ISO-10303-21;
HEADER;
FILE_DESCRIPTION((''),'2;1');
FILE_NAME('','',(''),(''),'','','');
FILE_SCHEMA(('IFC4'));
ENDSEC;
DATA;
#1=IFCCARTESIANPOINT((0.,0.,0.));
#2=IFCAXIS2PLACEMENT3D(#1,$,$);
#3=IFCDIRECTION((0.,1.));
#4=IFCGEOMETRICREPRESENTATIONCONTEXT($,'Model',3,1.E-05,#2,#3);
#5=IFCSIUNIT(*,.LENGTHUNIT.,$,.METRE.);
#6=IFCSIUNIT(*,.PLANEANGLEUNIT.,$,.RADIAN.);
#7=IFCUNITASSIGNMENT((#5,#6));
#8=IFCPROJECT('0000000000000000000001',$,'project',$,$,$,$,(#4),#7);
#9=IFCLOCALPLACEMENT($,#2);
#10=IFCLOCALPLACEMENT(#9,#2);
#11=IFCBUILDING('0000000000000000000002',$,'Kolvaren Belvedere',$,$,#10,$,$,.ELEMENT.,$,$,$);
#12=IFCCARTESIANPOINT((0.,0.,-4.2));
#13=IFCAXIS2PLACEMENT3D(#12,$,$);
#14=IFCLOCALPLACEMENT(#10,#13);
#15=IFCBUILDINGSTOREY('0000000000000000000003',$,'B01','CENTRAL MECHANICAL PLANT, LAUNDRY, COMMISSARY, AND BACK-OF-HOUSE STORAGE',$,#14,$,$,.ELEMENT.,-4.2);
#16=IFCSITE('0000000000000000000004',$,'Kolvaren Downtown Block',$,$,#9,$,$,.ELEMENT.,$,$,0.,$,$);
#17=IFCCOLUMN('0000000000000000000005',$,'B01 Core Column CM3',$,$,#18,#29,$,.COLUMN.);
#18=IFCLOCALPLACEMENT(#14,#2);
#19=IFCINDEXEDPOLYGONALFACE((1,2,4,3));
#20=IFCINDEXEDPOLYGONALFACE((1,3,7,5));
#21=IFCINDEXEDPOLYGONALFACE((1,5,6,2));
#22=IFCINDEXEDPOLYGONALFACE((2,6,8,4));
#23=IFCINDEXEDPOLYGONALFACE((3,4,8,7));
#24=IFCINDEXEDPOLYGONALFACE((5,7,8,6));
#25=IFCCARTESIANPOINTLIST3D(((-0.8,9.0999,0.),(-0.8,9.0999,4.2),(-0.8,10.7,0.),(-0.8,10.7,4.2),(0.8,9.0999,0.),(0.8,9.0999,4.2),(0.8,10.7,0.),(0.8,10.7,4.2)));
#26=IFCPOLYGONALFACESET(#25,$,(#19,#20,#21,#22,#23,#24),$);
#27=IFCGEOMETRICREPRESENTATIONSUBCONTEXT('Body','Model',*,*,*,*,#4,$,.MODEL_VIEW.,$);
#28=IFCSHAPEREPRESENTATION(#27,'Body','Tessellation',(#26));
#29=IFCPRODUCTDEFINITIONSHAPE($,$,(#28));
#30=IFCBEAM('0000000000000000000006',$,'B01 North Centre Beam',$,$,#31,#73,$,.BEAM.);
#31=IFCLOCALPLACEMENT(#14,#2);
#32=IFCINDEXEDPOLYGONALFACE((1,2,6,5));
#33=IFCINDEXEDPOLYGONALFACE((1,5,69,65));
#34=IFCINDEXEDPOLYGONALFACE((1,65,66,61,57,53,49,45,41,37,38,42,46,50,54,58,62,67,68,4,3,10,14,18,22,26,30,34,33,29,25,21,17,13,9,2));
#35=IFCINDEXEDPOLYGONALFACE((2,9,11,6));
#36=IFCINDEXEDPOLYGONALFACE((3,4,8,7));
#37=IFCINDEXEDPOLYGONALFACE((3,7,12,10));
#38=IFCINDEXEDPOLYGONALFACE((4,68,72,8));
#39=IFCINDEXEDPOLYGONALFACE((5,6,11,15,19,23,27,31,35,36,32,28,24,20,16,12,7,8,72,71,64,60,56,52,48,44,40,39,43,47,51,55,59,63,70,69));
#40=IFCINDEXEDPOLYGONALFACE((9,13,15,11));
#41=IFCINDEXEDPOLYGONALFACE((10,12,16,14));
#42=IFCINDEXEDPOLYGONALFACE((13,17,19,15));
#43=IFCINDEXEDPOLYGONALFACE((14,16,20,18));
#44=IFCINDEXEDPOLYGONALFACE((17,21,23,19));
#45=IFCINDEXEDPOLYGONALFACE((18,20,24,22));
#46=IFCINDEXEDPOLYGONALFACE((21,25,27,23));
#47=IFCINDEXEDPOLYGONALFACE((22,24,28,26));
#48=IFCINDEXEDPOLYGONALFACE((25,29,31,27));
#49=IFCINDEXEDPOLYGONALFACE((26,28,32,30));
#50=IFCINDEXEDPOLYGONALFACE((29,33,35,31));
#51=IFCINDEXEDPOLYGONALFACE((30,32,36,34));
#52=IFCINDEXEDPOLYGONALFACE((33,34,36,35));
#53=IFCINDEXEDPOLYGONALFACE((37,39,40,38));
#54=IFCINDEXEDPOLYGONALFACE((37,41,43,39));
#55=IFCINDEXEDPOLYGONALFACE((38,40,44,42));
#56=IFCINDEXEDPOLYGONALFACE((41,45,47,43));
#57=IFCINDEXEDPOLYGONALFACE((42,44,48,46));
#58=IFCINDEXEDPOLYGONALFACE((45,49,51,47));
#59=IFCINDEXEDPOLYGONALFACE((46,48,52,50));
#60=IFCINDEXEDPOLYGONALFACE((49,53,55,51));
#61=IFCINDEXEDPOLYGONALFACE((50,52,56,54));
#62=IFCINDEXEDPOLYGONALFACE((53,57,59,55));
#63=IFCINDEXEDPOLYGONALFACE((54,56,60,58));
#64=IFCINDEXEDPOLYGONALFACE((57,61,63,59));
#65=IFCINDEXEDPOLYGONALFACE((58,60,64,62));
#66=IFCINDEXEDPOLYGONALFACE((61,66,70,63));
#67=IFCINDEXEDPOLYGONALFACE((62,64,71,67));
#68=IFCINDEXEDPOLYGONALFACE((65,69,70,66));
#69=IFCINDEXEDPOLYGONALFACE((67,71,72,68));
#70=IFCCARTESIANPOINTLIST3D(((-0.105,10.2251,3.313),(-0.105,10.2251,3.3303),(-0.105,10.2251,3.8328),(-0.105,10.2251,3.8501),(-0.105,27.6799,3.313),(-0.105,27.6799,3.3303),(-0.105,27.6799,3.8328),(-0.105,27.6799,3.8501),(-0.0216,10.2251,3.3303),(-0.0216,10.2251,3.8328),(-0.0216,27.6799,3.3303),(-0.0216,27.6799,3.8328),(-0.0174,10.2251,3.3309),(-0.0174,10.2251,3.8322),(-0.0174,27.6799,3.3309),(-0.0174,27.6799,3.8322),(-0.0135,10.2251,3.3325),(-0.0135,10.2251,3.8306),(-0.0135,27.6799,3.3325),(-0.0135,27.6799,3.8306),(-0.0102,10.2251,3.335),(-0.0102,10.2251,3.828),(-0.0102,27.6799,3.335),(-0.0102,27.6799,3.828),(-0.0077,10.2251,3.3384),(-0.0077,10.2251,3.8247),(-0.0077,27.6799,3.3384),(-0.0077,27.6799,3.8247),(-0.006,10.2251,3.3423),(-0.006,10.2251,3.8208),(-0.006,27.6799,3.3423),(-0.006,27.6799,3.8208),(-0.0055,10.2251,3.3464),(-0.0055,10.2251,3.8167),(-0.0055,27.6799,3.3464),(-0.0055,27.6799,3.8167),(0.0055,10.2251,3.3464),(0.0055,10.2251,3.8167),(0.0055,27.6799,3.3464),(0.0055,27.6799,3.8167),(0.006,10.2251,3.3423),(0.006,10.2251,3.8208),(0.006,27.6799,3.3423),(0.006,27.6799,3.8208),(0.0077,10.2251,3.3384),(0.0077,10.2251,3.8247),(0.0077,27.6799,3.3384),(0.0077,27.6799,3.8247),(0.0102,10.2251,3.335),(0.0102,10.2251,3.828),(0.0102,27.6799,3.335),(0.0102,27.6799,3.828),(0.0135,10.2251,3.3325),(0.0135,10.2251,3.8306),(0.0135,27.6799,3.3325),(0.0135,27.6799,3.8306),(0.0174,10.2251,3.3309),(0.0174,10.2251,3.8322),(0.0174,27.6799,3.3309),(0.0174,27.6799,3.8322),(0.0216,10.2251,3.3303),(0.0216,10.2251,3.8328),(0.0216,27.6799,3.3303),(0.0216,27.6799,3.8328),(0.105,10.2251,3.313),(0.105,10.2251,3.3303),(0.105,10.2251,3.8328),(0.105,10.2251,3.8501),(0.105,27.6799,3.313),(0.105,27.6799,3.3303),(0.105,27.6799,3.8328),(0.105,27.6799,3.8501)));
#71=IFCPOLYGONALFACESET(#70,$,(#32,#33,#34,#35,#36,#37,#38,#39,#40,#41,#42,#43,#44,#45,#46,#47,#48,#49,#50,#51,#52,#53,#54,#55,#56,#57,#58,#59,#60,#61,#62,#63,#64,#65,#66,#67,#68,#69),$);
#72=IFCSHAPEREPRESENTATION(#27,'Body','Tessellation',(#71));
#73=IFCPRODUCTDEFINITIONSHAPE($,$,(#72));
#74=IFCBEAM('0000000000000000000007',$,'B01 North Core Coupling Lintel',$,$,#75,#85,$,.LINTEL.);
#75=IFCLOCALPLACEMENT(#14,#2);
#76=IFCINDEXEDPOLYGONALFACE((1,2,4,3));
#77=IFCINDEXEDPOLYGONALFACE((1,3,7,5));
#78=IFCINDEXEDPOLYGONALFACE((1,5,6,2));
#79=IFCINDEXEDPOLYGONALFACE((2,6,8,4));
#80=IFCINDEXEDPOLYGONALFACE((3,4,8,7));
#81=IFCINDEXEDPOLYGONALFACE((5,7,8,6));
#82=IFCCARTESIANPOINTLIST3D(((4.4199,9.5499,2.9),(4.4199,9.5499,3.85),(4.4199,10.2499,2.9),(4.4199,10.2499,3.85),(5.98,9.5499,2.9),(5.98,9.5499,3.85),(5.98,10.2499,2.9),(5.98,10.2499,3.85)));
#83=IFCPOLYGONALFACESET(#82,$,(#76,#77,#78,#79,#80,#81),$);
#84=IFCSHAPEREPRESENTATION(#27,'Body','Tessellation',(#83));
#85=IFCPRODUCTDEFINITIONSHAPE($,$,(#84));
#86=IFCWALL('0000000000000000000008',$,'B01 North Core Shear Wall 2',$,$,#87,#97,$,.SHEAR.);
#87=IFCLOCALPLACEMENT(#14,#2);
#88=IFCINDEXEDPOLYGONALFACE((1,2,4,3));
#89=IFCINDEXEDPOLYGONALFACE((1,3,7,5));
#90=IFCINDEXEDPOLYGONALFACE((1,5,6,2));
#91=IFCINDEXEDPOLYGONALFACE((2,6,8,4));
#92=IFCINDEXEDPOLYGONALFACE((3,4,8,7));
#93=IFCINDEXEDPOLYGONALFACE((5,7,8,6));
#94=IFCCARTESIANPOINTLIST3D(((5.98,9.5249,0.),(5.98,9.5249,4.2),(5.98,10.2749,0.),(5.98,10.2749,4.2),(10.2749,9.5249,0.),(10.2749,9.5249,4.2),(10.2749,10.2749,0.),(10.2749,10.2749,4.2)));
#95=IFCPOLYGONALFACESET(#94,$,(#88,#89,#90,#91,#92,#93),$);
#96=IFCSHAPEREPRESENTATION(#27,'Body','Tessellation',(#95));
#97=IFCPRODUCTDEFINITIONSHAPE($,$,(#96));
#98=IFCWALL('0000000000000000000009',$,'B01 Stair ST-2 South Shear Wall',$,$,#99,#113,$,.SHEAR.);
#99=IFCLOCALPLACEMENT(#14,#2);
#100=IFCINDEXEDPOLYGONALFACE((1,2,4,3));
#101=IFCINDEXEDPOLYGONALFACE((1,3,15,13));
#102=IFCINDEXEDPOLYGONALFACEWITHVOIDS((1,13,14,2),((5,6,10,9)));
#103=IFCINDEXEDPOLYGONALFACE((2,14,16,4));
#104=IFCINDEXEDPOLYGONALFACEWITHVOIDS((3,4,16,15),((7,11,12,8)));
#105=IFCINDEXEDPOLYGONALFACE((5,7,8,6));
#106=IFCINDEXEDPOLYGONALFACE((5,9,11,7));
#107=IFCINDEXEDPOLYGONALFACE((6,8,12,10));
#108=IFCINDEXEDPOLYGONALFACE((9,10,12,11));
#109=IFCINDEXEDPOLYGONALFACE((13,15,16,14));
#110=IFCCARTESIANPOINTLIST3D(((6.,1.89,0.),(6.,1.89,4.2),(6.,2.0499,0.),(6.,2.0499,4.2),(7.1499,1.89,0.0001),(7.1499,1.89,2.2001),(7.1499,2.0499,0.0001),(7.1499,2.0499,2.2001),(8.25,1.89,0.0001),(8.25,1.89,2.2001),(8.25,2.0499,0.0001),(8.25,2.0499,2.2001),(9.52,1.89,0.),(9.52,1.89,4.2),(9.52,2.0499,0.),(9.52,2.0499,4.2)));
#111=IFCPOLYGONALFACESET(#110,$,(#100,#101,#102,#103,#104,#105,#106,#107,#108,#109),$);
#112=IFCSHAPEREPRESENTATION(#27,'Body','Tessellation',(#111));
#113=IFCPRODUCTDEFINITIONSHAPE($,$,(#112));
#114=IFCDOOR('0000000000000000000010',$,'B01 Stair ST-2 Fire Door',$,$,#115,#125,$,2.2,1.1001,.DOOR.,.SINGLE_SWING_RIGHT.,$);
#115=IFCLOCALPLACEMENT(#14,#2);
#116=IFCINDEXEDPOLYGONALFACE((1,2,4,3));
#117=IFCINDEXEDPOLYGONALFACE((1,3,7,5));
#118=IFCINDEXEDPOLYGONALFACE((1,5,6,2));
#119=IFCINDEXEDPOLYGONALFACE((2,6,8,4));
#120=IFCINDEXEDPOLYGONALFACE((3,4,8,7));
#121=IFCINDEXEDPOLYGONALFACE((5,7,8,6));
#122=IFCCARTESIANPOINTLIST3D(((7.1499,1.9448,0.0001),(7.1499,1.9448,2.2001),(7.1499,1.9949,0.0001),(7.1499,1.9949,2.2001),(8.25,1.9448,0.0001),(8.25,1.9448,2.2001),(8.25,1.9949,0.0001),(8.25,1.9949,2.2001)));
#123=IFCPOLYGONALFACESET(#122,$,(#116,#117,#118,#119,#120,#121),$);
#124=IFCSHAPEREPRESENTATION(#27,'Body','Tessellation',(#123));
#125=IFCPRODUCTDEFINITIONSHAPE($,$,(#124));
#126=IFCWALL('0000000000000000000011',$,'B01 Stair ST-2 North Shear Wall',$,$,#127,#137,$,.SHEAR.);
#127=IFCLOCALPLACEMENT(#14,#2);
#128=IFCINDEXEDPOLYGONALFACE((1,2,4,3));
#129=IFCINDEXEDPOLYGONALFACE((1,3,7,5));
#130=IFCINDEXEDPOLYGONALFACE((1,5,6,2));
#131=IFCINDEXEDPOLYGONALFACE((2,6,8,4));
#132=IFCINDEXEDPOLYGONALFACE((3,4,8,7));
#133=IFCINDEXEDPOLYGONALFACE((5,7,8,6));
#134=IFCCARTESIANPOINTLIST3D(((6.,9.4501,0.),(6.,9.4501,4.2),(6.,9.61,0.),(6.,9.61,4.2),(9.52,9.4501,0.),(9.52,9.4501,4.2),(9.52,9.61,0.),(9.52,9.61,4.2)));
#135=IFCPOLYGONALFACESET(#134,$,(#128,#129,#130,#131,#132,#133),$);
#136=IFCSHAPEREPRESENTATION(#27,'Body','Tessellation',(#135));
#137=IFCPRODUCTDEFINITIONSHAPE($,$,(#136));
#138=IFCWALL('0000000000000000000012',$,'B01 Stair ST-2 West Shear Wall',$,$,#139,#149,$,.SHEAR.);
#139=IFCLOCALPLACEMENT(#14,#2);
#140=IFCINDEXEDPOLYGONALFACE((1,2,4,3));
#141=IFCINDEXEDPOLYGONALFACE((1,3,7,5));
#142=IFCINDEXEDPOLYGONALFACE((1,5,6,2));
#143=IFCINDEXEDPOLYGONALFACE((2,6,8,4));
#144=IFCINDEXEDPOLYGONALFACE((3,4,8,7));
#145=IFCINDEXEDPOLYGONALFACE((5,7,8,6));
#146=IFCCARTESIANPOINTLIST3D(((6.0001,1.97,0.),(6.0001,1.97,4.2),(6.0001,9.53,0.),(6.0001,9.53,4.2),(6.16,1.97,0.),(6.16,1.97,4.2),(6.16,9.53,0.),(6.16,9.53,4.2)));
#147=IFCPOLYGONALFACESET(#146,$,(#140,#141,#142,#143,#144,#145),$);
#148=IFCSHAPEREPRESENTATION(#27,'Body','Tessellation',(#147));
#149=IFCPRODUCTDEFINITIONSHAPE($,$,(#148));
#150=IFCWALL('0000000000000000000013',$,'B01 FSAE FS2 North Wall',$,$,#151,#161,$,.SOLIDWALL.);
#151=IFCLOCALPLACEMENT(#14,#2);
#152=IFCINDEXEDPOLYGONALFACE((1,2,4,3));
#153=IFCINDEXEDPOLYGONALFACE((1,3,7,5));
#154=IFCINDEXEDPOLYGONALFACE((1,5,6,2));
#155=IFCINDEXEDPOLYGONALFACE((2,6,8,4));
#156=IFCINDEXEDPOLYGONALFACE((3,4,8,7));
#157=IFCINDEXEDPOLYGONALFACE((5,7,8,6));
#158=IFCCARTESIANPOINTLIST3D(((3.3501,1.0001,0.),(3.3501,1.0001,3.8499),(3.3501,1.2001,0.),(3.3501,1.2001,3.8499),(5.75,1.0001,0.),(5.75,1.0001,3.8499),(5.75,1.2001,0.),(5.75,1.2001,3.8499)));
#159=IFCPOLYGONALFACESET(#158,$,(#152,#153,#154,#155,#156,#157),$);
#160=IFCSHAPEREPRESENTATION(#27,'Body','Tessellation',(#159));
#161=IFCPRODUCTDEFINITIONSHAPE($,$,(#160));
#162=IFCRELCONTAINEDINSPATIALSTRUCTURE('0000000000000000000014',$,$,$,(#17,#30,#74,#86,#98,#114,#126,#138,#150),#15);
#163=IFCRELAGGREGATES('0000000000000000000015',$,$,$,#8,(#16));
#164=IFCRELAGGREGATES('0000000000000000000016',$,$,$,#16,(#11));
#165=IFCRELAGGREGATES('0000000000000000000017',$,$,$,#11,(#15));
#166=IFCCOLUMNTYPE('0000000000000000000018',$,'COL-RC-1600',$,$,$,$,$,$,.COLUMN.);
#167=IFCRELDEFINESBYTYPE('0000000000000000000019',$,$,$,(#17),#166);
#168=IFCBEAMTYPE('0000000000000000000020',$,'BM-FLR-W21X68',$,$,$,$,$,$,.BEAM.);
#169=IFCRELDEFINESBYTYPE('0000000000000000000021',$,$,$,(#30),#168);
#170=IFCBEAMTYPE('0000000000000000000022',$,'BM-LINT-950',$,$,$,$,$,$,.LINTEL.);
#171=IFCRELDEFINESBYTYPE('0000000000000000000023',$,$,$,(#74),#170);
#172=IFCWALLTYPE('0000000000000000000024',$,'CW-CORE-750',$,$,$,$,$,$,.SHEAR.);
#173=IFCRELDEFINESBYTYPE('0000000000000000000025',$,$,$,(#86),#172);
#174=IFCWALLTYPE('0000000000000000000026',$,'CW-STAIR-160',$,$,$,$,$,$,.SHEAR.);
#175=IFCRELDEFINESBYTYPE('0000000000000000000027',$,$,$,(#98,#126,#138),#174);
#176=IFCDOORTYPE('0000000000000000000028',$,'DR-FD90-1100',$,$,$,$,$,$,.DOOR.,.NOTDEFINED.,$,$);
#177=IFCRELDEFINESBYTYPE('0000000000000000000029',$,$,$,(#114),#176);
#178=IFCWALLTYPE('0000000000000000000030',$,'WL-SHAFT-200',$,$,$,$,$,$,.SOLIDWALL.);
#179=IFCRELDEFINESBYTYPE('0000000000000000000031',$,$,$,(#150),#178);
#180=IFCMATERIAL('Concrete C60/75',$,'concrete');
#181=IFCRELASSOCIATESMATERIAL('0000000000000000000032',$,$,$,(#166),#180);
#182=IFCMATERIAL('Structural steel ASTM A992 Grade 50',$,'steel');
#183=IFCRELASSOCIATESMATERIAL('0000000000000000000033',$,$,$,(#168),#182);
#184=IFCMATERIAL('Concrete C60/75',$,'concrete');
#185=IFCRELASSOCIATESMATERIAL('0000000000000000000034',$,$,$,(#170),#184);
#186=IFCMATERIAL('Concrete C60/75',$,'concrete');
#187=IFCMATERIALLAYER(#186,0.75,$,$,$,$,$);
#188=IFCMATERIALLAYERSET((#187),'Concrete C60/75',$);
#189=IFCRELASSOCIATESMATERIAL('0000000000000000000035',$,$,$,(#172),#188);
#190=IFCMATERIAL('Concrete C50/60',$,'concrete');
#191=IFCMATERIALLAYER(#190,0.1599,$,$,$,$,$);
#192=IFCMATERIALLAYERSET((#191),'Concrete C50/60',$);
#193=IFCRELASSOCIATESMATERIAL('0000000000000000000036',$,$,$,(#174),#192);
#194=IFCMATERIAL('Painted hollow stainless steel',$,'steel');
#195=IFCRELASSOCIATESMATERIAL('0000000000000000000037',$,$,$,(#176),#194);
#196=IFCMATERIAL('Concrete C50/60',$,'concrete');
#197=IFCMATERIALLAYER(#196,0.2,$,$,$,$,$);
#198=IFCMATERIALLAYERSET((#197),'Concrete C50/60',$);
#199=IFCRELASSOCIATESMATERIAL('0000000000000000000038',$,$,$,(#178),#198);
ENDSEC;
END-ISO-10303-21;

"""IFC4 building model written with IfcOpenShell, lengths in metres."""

from ifc_helpers import new_model, si_unit, direction, frame, frame_2d, origin, origin_2d, place, context, subcontext, project, spatial, rectangle, i_section, extrude, material, layer, layer_set, material_profile, profile_set, type_object, element, fill, save


model = new_model("IFC4")

# Units and contexts
model_context = context("Model", 3, precision=1e-05, world=origin(), true_north=direction((0.0, 1.0)))
body_context = subcontext(model_context, "Body", "Model", "MODEL_VIEW")
ifc_project = project(units=[si_unit("LENGTHUNIT", "METRE"), si_unit("PLANEANGLEUNIT", "RADIAN")], contexts=[model_context])

# Site, building, storey
site_placement = place(None, origin())
site = spatial("IfcSite", under=ifc_project, at=site_placement, Name="Kolvaren Downtown Block", CompositionType="ELEMENT", RefElevation=0.0)
building_placement = place(site_placement, origin())
building = spatial("IfcBuilding", under=site, at=building_placement, Name="Kolvaren Belvedere", CompositionType="ELEMENT")
storey_placement = place(building_placement, frame((0.0, 0.0, -4.2)))
storey = spatial("IfcBuildingStorey", under=building, at=storey_placement, Name="B01", Description="CENTRAL MECHANICAL PLANT, LAUNDRY, COMMISSARY, AND BACK-OF-HOUSE STORAGE", CompositionType="ELEMENT", Elevation=-4.2)

# Column
ifc_material_1 = material(Name="Concrete C60/75", Category="concrete")
ifc_material_profile_1 = material_profile(ifc_material_1, rectangle(XDim=1.6001, YDim=1.6001, at=origin_2d()), Name="RC 1600X1600")
ifc_profile_set_1 = profile_set([ifc_material_profile_1], Name="Concrete C60/75")
column_type = type_object("IfcColumnType", Name="COL-RC-1600", PredefinedType="COLUMN", material=ifc_profile_set_1)
column_placement = place(storey_placement, frame((0.0, 9.8999, 0.0), z_axis=(0.0, 0.0, 1.0), x_axis=(1.0, 0.0, 0.0)))
element("IfcColumn", 1, at=column_placement, inside=storey, type_object=column_type, Name="B01 Core Column CM3", PredefinedType="COLUMN", context=body_context, shape_type="SweptSolid", body=[
    extrude(rectangle(XDim=1.6001, YDim=1.6001, at=origin_2d()), origin(), (0.0, 0.0, 1.0), 4.2),
])

# Beams
ifc_material_2 = material(Name="Structural steel ASTM A992 Grade 50", Category="steel")
ifc_material_profile_2 = material_profile(ifc_material_2, i_section(OverallWidth=0.21, OverallDepth=0.5371, WebThickness=0.011, FlangeThickness=0.0173, FilletRadius=0.0161, at=origin_2d()), Name="W21X68")
ifc_profile_set_2 = profile_set([ifc_material_profile_2], Name="Structural steel ASTM A992 Grade 50")
beam_type_1 = type_object("IfcBeamType", Name="BM-FLR-W21X68", PredefinedType="BEAM", material=ifc_profile_set_2)
beam_1_placement = place(storey_placement, frame((0.0, 10.2251, 3.5815), z_axis=(0.0, 1.0, 0.0), x_axis=(-1.0, 0.0, 0.0)))
element("IfcBeam", 2, at=beam_1_placement, inside=storey, type_object=beam_type_1, Name="B01 North Centre Beam", PredefinedType="BEAM", context=body_context, shape_type="SweptSolid", body=[
    extrude(i_section(OverallWidth=0.21, OverallDepth=0.5371, WebThickness=0.011, FlangeThickness=0.0173, FilletRadius=0.0161, at=origin_2d()), origin(), (0.0, 0.0, 1.0), 17.4548),
])
ifc_material_3 = material(Name="Concrete C60/75", Category="concrete")
ifc_material_profile_3 = material_profile(ifc_material_3, rectangle(XDim=0.7, YDim=0.95, at=origin_2d()), Name="RC 700X950")
ifc_profile_set_3 = profile_set([ifc_material_profile_3], Name="Concrete C60/75")
beam_type_2 = type_object("IfcBeamType", Name="BM-LINT-950", PredefinedType="LINTEL", material=ifc_profile_set_3)
beam_2_placement = place(storey_placement, frame((4.4199, 9.8999, 3.375), z_axis=(1.0, 0.0, 0.0), x_axis=(0.0, 1.0, 0.0)))
element("IfcBeam", 3, at=beam_2_placement, inside=storey, type_object=beam_type_2, Name="B01 North Core Coupling Lintel", PredefinedType="LINTEL", context=body_context, shape_type="SweptSolid", body=[
    extrude(rectangle(XDim=0.7, YDim=0.95, at=origin_2d()), origin(), (0.0, 0.0, 1.0), 1.5601),
])

# Wall
ifc_material_4 = material(Name="Concrete C60/75", Category="concrete")
ifc_layer_1 = layer(ifc_material_4, 0.75)
ifc_layer_set_1 = layer_set([ifc_layer_1], Name="Concrete C60/75")
wall_type_1 = type_object("IfcWallType", Name="CW-CORE-750", PredefinedType="SHEAR", material=ifc_layer_set_1)
wall_1_placement = place(storey_placement, frame((5.98, 9.8999, 0.0), z_axis=(0.0, 0.0, 1.0), x_axis=(1.0, 0.0, 0.0)))
element("IfcWall", 4, at=wall_1_placement, inside=storey, type_object=wall_type_1, Name="B01 North Core Shear Wall 2", PredefinedType="SHEAR", context=body_context, shape_type="SweptSolid", body=[
    extrude(rectangle(XDim=4.2949, YDim=0.75, at=frame_2d((2.1475, 0.0))), origin(), (0.0, 0.0, 1.0), 4.2),
])

# Wall, opening, door
ifc_material_5 = material(Name="Concrete C50/60", Category="concrete")
ifc_layer_2 = layer(ifc_material_5, 0.1599)
ifc_layer_set_2 = layer_set([ifc_layer_2], Name="Concrete C50/60")
wall_type_2 = type_object("IfcWallType", Name="CW-STAIR-160", PredefinedType="SHEAR", material=ifc_layer_set_2)
wall_2_placement = place(storey_placement, frame((6.0, 1.97, 0.0), z_axis=(0.0, 0.0, 1.0), x_axis=(1.0, 0.0, 0.0)))
wall_2 = element("IfcWall", 5, at=wall_2_placement, inside=storey, type_object=wall_type_2, Name="B01 Stair ST-2 South Shear Wall", PredefinedType="SHEAR", context=body_context, shape_type="SweptSolid", body=[
    extrude(rectangle(XDim=3.52, YDim=0.1599, at=frame_2d((1.76, 0.0))), origin(), (0.0, 0.0, 1.0), 4.2),
])
opening_1_placement = place(wall_2_placement, frame((1.1499, 0.0, 0.0)))
opening_1 = element("IfcOpeningElement", 6, at=opening_1_placement, cuts=wall_2, PredefinedType="OPENING", context=body_context, shape_type="SweptSolid", body=[
    extrude(rectangle(XDim=1.1001, YDim=2.2, at=frame_2d((0.55, 1.1001))), frame((0.0, 0.0898, 0.0), z_axis=(0.0, -1.0, 0.0), x_axis=(1.0, 0.0, 0.0)), (0.0, 0.0, 1.0), 0.1799),
])
ifc_material_6 = material(Name="Painted hollow stainless steel", Category="steel")
door_type_1 = type_object("IfcDoorType", Name="DR-FD90-1100", OperationType="NOTDEFINED", PredefinedType="DOOR", material=ifc_material_6)
door_1_placement = place(opening_1_placement, origin())
door_1 = element("IfcDoor", 7, at=door_1_placement, inside=storey, type_object=door_type_1, Name="B01 Stair ST-2 Fire Door", OperationType="SINGLE_SWING_RIGHT", OverallHeight=2.2, OverallWidth=1.1001, PredefinedType="DOOR", context=body_context, shape_type="SweptSolid", body=[
    extrude(rectangle(XDim=1.1001, YDim=2.2, at=frame_2d((0.55, 1.1001))), frame((0.0, 0.0249, 0.0), z_axis=(0.0, -1.0, 0.0), x_axis=(1.0, 0.0, 0.0)), (0.0, 0.0, 1.0), 0.05),
])
fill(opening_1, door_1)

# Walls
wall_3_placement = place(storey_placement, frame((6.0, 9.53, 0.0), z_axis=(0.0, 0.0, 1.0), x_axis=(1.0, 0.0, 0.0)))
element("IfcWall", 8, at=wall_3_placement, inside=storey, type_object=wall_type_2, Name="B01 Stair ST-2 North Shear Wall", PredefinedType="SHEAR", context=body_context, shape_type="SweptSolid", body=[
    extrude(rectangle(XDim=3.52, YDim=0.1599, at=frame_2d((1.76, 0.0))), origin(), (0.0, 0.0, 1.0), 4.2),
])
wall_4_placement = place(storey_placement, frame((6.0801, 1.97, 0.0), z_axis=(0.0, 0.0, 1.0), x_axis=(0.0, 1.0, 0.0)))
element("IfcWall", 9, at=wall_4_placement, inside=storey, type_object=wall_type_2, Name="B01 Stair ST-2 West Shear Wall", PredefinedType="SHEAR", context=body_context, shape_type="SweptSolid", body=[
    extrude(rectangle(XDim=7.5601, YDim=0.1599, at=frame_2d((3.78, 0.0))), origin(), (0.0, 0.0, 1.0), 4.2),
])
ifc_material_7 = material(Name="Concrete C50/60", Category="concrete")
ifc_layer_3 = layer(ifc_material_7, 0.2)
ifc_layer_set_3 = layer_set([ifc_layer_3], Name="Concrete C50/60")
wall_type_3 = type_object("IfcWallType", Name="WL-SHAFT-200", PredefinedType="SOLIDWALL", material=ifc_layer_set_3)
wall_5_placement = place(storey_placement, frame((3.3501, 1.1001, 0.0), z_axis=(0.0, 0.0, 1.0), x_axis=(1.0, 0.0, 0.0)))
element("IfcWall", 10, at=wall_5_placement, inside=storey, type_object=wall_type_3, Name="B01 FSAE FS2 North Wall", PredefinedType="SOLIDWALL", context=body_context, shape_type="SweptSolid", body=[
    extrude(rectangle(XDim=2.3999, YDim=0.2, at=frame_2d((1.2, 0.0))), origin(), (0.0, 0.0, 1.0), 3.8499),
])

save(model, "model.ifc")
